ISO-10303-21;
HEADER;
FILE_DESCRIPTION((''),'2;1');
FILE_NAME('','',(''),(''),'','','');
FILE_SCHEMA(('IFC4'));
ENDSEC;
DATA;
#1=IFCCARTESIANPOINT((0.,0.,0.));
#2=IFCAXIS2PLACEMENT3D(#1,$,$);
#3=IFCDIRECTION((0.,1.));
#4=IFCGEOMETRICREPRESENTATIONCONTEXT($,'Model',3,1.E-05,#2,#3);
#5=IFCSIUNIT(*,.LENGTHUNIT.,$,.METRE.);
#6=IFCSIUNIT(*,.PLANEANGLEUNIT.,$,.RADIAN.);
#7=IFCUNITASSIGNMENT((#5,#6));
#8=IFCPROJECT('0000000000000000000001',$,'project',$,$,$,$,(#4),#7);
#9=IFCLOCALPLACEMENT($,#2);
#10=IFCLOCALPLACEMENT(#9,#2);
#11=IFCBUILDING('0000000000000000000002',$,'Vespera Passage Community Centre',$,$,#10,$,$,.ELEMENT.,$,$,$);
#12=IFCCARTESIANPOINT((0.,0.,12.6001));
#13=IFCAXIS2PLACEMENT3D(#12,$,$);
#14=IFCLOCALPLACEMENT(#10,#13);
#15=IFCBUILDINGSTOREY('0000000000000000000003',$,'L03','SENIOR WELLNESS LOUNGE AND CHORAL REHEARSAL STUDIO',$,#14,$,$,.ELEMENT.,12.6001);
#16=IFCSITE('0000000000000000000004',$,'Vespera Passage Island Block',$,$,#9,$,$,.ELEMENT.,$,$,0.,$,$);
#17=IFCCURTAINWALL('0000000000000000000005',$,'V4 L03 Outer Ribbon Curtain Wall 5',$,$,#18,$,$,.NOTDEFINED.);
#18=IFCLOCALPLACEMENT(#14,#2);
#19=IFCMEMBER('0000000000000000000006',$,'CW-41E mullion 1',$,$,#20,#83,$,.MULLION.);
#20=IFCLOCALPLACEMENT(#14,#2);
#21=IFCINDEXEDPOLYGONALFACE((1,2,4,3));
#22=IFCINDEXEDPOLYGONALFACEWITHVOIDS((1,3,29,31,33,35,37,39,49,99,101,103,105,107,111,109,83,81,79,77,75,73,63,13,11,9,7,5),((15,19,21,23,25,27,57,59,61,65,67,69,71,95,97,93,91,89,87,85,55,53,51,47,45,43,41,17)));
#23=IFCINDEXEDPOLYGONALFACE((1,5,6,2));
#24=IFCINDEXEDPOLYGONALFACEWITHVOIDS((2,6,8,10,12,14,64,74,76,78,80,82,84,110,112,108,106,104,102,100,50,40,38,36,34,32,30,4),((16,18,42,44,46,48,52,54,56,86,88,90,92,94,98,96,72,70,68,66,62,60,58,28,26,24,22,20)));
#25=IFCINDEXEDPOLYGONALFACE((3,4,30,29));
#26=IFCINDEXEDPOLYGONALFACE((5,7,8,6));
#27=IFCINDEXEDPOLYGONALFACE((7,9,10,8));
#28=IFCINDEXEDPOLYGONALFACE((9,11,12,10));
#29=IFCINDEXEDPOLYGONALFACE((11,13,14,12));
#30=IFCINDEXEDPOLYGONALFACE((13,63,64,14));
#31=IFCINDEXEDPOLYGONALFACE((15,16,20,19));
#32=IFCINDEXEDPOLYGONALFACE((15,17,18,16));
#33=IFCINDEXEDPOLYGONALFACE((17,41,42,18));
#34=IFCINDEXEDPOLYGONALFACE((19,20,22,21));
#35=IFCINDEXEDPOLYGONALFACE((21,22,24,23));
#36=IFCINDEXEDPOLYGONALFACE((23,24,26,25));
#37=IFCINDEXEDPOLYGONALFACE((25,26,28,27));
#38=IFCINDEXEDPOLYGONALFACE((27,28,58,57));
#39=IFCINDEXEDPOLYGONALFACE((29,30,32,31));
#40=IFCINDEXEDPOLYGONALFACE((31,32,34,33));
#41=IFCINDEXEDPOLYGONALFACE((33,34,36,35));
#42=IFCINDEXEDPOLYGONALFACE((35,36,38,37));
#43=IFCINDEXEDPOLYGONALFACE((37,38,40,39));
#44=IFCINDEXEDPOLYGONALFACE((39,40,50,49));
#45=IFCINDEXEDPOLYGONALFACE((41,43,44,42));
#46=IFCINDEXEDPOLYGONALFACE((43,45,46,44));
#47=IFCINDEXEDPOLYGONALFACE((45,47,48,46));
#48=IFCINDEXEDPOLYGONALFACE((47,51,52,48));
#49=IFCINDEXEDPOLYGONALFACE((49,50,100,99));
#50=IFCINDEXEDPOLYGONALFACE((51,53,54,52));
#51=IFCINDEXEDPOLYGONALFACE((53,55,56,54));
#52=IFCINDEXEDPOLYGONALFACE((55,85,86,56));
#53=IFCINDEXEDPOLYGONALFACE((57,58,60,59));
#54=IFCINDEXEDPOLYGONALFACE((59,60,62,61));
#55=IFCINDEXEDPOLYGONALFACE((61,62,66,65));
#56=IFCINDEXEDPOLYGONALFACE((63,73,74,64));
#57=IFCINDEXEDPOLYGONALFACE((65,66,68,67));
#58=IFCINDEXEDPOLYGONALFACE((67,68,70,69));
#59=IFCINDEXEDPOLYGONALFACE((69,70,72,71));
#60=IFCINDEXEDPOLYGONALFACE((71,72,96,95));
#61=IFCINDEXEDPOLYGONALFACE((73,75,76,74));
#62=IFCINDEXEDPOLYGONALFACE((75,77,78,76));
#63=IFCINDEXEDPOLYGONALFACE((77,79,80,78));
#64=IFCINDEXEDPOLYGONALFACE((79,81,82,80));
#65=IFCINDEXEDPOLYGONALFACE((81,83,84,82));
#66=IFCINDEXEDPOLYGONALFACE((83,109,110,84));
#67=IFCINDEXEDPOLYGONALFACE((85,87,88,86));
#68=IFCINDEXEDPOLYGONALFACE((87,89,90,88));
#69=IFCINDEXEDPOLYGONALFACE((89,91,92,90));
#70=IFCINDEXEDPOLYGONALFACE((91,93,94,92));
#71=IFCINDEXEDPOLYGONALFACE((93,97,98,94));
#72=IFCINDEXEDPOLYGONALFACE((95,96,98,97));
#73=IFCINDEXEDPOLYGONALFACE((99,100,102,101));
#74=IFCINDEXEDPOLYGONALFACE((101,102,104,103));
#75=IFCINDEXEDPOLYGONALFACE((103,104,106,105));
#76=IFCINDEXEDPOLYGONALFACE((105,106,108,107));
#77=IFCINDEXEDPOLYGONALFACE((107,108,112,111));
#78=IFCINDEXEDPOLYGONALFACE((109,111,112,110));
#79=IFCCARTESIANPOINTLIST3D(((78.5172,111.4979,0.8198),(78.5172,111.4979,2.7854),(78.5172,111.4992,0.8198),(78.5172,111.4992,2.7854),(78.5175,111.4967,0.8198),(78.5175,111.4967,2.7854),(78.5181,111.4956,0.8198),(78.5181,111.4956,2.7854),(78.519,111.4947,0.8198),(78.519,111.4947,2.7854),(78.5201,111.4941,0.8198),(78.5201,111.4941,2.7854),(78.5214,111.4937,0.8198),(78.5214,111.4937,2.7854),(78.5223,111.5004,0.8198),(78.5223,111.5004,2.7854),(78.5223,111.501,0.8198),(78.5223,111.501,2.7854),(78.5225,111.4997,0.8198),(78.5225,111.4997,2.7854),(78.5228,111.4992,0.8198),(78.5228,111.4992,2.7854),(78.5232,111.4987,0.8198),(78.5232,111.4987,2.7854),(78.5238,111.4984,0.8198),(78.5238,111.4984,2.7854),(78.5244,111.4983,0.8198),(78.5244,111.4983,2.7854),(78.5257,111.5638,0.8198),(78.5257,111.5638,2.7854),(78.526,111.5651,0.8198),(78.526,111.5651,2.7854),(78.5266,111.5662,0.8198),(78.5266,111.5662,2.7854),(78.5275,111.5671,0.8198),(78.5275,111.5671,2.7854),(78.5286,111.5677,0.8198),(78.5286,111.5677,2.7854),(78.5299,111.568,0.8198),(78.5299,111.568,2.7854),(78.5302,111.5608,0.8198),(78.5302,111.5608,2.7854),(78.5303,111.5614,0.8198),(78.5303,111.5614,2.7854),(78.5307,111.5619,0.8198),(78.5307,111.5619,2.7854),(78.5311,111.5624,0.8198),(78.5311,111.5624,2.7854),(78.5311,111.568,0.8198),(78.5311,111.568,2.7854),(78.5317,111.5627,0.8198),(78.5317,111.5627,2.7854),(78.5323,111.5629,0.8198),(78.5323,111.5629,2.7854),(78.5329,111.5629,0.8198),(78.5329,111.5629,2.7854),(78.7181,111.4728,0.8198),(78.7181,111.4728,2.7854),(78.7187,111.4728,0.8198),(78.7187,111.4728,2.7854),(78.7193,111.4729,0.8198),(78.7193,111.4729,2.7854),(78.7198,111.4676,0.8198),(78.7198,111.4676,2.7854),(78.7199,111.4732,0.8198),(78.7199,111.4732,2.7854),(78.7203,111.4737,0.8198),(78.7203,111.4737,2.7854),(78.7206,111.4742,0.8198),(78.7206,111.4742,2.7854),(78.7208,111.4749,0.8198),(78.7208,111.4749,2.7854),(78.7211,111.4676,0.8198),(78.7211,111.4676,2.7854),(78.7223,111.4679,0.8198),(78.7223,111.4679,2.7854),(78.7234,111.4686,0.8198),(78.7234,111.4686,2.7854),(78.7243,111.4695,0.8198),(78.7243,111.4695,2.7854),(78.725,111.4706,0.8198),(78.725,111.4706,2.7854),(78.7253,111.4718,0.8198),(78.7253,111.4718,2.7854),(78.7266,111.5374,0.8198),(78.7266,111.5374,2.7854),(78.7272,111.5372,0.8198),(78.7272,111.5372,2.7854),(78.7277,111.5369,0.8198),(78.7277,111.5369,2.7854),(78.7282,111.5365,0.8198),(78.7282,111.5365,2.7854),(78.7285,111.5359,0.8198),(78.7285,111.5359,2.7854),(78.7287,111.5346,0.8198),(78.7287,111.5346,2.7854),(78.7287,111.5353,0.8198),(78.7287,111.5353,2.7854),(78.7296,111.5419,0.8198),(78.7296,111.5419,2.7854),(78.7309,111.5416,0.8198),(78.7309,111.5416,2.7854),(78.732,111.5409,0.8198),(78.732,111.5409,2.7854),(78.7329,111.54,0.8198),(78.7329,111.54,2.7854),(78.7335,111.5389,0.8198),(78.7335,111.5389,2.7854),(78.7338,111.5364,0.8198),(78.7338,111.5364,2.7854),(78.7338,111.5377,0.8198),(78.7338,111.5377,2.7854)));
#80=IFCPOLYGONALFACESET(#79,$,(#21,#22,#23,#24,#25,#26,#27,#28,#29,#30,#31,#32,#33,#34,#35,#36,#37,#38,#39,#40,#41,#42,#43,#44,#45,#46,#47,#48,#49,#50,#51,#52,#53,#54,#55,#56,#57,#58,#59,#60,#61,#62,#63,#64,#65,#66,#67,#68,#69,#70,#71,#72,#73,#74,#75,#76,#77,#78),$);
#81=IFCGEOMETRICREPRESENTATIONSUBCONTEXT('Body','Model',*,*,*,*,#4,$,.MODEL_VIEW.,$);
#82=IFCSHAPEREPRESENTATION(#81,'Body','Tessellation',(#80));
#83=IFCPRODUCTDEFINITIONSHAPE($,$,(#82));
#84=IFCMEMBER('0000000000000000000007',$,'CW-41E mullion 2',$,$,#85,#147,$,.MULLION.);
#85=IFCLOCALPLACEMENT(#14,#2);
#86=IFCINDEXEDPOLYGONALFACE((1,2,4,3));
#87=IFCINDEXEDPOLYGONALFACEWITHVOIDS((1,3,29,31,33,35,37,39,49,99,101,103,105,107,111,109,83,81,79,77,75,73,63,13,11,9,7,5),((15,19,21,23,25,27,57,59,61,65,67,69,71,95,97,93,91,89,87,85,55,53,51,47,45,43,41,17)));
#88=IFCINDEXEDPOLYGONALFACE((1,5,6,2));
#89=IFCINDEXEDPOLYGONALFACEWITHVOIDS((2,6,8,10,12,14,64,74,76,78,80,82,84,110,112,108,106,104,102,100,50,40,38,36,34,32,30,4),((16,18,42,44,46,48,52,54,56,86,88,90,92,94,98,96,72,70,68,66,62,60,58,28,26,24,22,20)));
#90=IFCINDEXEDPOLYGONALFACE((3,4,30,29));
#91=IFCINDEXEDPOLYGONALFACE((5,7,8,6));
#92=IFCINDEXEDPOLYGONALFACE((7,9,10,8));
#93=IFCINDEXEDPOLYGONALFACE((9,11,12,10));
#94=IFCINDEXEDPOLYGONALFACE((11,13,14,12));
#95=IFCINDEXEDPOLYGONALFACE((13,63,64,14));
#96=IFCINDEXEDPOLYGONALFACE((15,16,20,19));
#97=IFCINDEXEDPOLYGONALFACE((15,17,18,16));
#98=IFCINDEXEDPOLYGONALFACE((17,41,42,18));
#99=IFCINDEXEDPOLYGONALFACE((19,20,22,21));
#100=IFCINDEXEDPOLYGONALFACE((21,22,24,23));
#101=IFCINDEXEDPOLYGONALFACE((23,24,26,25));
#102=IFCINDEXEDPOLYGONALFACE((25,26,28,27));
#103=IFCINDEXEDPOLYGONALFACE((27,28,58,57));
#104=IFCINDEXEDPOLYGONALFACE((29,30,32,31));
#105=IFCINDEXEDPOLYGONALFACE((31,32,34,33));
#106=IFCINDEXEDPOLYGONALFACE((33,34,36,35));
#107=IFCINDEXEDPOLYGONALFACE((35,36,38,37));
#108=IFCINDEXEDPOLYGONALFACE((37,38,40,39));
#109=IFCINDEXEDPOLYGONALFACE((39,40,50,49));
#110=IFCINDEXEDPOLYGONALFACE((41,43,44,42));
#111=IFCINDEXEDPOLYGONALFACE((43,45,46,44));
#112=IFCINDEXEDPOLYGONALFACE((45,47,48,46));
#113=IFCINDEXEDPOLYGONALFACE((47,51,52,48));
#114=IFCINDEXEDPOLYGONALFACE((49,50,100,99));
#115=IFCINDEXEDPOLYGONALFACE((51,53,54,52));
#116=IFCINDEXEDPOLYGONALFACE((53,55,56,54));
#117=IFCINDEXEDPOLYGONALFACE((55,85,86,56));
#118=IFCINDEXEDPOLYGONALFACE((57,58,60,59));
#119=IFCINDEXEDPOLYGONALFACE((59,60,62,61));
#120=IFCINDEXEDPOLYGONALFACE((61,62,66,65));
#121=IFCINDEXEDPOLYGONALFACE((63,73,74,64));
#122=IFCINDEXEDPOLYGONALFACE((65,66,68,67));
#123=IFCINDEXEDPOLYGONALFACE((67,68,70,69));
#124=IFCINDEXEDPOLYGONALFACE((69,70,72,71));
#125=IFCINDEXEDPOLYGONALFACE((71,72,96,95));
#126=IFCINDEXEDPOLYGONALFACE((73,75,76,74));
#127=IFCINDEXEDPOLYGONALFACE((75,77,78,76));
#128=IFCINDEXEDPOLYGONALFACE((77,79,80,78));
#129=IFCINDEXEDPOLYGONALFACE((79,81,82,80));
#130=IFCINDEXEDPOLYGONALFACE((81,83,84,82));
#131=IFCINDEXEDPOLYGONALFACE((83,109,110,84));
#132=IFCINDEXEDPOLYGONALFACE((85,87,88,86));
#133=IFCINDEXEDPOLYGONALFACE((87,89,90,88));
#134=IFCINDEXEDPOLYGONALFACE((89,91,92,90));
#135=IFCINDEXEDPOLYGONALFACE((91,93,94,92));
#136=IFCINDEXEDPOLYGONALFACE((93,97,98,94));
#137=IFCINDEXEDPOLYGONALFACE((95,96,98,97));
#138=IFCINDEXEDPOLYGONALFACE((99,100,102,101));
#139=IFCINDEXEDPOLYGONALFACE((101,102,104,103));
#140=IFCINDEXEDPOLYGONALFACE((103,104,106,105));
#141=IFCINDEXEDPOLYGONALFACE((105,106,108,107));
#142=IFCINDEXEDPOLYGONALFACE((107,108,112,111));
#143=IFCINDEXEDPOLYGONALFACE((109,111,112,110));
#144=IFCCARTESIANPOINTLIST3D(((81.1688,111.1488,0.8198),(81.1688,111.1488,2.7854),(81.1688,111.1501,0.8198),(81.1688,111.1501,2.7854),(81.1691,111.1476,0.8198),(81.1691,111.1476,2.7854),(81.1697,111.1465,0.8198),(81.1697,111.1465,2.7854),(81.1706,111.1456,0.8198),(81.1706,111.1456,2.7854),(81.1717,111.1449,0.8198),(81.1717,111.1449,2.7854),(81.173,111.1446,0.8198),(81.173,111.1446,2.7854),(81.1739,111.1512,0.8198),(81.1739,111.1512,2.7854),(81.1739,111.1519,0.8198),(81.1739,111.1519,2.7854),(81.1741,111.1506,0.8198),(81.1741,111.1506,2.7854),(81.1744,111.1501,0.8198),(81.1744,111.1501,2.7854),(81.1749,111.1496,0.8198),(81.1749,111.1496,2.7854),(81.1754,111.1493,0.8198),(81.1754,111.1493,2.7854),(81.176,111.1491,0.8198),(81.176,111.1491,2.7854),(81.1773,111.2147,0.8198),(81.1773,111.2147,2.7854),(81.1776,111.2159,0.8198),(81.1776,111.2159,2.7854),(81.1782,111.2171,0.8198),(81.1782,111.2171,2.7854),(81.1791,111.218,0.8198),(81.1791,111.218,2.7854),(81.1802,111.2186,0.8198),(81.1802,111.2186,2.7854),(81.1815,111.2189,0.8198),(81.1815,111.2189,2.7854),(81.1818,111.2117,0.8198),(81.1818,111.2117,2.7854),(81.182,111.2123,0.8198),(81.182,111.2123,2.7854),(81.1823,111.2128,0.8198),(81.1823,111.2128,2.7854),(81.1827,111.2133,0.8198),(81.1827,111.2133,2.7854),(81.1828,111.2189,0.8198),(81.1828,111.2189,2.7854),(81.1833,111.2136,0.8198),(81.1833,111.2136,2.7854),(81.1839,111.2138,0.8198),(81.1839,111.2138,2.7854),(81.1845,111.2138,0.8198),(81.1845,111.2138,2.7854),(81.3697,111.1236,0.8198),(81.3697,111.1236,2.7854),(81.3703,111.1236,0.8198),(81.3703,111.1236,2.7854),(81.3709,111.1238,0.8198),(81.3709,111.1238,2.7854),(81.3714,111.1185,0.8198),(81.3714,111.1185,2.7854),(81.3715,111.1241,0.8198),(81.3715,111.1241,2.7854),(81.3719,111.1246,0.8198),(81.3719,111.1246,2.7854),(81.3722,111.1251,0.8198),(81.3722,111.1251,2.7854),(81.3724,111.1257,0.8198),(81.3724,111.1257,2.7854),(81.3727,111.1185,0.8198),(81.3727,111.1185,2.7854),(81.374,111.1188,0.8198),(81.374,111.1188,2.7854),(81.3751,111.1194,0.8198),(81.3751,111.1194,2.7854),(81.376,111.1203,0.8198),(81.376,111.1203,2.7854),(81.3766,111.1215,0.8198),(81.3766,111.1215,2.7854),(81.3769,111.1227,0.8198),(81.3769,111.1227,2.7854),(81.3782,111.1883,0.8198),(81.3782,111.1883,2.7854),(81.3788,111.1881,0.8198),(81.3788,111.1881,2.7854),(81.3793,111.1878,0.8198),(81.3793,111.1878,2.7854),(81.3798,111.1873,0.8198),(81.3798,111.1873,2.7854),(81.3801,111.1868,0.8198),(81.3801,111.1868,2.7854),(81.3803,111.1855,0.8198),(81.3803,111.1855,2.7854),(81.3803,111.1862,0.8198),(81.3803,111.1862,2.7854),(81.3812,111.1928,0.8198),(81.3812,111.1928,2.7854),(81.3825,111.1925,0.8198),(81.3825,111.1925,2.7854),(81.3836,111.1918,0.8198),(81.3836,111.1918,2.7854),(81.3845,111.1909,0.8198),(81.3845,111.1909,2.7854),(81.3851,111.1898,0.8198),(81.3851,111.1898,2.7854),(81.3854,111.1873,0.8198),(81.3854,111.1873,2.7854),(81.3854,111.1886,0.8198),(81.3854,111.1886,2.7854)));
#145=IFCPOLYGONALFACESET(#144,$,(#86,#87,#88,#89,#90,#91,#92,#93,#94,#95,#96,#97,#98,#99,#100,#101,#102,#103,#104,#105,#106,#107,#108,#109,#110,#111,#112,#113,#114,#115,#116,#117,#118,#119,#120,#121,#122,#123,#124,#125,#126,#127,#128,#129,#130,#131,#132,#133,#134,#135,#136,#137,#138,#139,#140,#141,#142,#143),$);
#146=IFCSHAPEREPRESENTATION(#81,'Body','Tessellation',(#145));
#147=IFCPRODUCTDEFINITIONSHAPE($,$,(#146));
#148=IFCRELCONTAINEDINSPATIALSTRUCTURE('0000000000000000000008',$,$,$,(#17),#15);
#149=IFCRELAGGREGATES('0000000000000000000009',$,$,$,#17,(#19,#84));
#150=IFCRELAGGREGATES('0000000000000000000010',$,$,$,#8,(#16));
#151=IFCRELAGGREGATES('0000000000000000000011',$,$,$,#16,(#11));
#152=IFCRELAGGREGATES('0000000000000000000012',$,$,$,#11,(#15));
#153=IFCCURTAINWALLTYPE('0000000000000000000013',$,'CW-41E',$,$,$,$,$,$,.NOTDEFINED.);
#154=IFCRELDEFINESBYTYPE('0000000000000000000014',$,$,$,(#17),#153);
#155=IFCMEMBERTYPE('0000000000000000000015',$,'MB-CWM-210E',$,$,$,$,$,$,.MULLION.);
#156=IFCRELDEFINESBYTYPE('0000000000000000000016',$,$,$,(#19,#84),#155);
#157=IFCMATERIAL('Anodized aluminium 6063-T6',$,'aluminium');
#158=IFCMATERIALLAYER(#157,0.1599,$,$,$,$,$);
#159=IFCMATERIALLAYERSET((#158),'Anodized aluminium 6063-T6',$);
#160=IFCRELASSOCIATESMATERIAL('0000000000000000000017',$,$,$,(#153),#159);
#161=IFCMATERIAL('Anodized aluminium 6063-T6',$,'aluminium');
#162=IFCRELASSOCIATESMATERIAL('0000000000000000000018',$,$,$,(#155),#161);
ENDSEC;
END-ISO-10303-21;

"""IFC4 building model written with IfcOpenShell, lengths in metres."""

from ifc_helpers import new_model, si_unit, direction, frame, origin, origin_2d, place, context, subcontext, project, spatial, hollow_rectangle, extrude, material, layer, layer_set, material_profile, profile_set, type_object, element, aggregate, save


model = new_model("IFC4")

# Units and contexts
model_context = context("Model", 3, precision=1e-05, world=origin(), true_north=direction((0.0, 1.0)))
body_context = subcontext(model_context, "Body", "Model", "MODEL_VIEW")
ifc_project = project(units=[si_unit("LENGTHUNIT", "METRE"), si_unit("PLANEANGLEUNIT", "RADIAN")], contexts=[model_context])

# Site, building, storey
site_placement = place(None, origin())
site = spatial("IfcSite", under=ifc_project, at=site_placement, Name="Vespera Passage Island Block", CompositionType="ELEMENT", RefElevation=0.0)
building_placement = place(site_placement, origin())
building = spatial("IfcBuilding", under=site, at=building_placement, Name="Vespera Passage Community Centre", CompositionType="ELEMENT")
storey_placement = place(building_placement, frame((0.0, 0.0, 12.6001)))
storey = spatial("IfcBuildingStorey", under=building, at=storey_placement, Name="L03", Description="SENIOR WELLNESS LOUNGE AND CHORAL REHEARSAL STUDIO", CompositionType="ELEMENT", Elevation=12.6001)

# Curtain wall, members
ifc_material_1 = material(Name="Anodized aluminium 6063-T6", Category="aluminium")
ifc_layer_1 = layer(ifc_material_1, 0.1599)
ifc_layer_set_1 = layer_set([ifc_layer_1], Name="Anodized aluminium 6063-T6")
curtain_wall_type = type_object("IfcCurtainWallType", Name="CW-41E", PredefinedType="NOTDEFINED", material=ifc_layer_set_1)
curtain_wall_placement = place(storey_placement, origin())
curtain_wall = element("IfcCurtainWall", 1, at=curtain_wall_placement, inside=storey, type_object=curtain_wall_type, Name="V4 L03 Outer Ribbon Curtain Wall 5", PredefinedType="NOTDEFINED")
ifc_material_2 = material(Name="Anodized aluminium 6063-T6", Category="aluminium")
ifc_material_profile_1 = material_profile(ifc_material_2, hollow_rectangle(XDim=0.075, YDim=0.21, WallThickness=0.0049, InnerFilletRadius=0.0024, OuterFilletRadius=0.0049, at=origin_2d()), Name="ALU210X75X5")
ifc_profile_set_1 = profile_set([ifc_material_profile_1], Name="Anodized aluminium 6063-T6")
member_type_1 = type_object("IfcMemberType", Name="MB-CWM-210E", PredefinedType="MULLION", material=ifc_profile_set_1)
member_1_placement = place(storey_placement, frame((78.6255, 111.5178, 0.8198), z_axis=(0.0, 0.0, 1.0), x_axis=(0.130531, 0.991444, 0.0)))
member_1 = element("IfcMember", 2, at=member_1_placement, type_object=member_type_1, Name="CW-41E mullion 1", PredefinedType="MULLION", context=body_context, shape_type="SweptSolid", body=[
    extrude(hollow_rectangle(XDim=0.075, YDim=0.21, WallThickness=0.0049, InnerFilletRadius=0.0024, OuterFilletRadius=0.0049, at=origin_2d()), origin(), (0.0, 0.0, 1.0), 1.9656),
])
member_2_placement = place(storey_placement, frame((81.2771, 111.1687, 0.8198), z_axis=(0.0, 0.0, 1.0), x_axis=(0.130531, 0.991444, 0.0)))
member_2 = element("IfcMember", 3, at=member_2_placement, type_object=member_type_1, Name="CW-41E mullion 2", PredefinedType="MULLION", context=body_context, shape_type="SweptSolid", body=[
    extrude(hollow_rectangle(XDim=0.075, YDim=0.21, WallThickness=0.0049, InnerFilletRadius=0.0024, OuterFilletRadius=0.0049, at=origin_2d()), origin(), (0.0, 0.0, 1.0), 1.9656),
])
aggregate(curtain_wall, [member_1, member_2])

save(model, "model.ifc")
